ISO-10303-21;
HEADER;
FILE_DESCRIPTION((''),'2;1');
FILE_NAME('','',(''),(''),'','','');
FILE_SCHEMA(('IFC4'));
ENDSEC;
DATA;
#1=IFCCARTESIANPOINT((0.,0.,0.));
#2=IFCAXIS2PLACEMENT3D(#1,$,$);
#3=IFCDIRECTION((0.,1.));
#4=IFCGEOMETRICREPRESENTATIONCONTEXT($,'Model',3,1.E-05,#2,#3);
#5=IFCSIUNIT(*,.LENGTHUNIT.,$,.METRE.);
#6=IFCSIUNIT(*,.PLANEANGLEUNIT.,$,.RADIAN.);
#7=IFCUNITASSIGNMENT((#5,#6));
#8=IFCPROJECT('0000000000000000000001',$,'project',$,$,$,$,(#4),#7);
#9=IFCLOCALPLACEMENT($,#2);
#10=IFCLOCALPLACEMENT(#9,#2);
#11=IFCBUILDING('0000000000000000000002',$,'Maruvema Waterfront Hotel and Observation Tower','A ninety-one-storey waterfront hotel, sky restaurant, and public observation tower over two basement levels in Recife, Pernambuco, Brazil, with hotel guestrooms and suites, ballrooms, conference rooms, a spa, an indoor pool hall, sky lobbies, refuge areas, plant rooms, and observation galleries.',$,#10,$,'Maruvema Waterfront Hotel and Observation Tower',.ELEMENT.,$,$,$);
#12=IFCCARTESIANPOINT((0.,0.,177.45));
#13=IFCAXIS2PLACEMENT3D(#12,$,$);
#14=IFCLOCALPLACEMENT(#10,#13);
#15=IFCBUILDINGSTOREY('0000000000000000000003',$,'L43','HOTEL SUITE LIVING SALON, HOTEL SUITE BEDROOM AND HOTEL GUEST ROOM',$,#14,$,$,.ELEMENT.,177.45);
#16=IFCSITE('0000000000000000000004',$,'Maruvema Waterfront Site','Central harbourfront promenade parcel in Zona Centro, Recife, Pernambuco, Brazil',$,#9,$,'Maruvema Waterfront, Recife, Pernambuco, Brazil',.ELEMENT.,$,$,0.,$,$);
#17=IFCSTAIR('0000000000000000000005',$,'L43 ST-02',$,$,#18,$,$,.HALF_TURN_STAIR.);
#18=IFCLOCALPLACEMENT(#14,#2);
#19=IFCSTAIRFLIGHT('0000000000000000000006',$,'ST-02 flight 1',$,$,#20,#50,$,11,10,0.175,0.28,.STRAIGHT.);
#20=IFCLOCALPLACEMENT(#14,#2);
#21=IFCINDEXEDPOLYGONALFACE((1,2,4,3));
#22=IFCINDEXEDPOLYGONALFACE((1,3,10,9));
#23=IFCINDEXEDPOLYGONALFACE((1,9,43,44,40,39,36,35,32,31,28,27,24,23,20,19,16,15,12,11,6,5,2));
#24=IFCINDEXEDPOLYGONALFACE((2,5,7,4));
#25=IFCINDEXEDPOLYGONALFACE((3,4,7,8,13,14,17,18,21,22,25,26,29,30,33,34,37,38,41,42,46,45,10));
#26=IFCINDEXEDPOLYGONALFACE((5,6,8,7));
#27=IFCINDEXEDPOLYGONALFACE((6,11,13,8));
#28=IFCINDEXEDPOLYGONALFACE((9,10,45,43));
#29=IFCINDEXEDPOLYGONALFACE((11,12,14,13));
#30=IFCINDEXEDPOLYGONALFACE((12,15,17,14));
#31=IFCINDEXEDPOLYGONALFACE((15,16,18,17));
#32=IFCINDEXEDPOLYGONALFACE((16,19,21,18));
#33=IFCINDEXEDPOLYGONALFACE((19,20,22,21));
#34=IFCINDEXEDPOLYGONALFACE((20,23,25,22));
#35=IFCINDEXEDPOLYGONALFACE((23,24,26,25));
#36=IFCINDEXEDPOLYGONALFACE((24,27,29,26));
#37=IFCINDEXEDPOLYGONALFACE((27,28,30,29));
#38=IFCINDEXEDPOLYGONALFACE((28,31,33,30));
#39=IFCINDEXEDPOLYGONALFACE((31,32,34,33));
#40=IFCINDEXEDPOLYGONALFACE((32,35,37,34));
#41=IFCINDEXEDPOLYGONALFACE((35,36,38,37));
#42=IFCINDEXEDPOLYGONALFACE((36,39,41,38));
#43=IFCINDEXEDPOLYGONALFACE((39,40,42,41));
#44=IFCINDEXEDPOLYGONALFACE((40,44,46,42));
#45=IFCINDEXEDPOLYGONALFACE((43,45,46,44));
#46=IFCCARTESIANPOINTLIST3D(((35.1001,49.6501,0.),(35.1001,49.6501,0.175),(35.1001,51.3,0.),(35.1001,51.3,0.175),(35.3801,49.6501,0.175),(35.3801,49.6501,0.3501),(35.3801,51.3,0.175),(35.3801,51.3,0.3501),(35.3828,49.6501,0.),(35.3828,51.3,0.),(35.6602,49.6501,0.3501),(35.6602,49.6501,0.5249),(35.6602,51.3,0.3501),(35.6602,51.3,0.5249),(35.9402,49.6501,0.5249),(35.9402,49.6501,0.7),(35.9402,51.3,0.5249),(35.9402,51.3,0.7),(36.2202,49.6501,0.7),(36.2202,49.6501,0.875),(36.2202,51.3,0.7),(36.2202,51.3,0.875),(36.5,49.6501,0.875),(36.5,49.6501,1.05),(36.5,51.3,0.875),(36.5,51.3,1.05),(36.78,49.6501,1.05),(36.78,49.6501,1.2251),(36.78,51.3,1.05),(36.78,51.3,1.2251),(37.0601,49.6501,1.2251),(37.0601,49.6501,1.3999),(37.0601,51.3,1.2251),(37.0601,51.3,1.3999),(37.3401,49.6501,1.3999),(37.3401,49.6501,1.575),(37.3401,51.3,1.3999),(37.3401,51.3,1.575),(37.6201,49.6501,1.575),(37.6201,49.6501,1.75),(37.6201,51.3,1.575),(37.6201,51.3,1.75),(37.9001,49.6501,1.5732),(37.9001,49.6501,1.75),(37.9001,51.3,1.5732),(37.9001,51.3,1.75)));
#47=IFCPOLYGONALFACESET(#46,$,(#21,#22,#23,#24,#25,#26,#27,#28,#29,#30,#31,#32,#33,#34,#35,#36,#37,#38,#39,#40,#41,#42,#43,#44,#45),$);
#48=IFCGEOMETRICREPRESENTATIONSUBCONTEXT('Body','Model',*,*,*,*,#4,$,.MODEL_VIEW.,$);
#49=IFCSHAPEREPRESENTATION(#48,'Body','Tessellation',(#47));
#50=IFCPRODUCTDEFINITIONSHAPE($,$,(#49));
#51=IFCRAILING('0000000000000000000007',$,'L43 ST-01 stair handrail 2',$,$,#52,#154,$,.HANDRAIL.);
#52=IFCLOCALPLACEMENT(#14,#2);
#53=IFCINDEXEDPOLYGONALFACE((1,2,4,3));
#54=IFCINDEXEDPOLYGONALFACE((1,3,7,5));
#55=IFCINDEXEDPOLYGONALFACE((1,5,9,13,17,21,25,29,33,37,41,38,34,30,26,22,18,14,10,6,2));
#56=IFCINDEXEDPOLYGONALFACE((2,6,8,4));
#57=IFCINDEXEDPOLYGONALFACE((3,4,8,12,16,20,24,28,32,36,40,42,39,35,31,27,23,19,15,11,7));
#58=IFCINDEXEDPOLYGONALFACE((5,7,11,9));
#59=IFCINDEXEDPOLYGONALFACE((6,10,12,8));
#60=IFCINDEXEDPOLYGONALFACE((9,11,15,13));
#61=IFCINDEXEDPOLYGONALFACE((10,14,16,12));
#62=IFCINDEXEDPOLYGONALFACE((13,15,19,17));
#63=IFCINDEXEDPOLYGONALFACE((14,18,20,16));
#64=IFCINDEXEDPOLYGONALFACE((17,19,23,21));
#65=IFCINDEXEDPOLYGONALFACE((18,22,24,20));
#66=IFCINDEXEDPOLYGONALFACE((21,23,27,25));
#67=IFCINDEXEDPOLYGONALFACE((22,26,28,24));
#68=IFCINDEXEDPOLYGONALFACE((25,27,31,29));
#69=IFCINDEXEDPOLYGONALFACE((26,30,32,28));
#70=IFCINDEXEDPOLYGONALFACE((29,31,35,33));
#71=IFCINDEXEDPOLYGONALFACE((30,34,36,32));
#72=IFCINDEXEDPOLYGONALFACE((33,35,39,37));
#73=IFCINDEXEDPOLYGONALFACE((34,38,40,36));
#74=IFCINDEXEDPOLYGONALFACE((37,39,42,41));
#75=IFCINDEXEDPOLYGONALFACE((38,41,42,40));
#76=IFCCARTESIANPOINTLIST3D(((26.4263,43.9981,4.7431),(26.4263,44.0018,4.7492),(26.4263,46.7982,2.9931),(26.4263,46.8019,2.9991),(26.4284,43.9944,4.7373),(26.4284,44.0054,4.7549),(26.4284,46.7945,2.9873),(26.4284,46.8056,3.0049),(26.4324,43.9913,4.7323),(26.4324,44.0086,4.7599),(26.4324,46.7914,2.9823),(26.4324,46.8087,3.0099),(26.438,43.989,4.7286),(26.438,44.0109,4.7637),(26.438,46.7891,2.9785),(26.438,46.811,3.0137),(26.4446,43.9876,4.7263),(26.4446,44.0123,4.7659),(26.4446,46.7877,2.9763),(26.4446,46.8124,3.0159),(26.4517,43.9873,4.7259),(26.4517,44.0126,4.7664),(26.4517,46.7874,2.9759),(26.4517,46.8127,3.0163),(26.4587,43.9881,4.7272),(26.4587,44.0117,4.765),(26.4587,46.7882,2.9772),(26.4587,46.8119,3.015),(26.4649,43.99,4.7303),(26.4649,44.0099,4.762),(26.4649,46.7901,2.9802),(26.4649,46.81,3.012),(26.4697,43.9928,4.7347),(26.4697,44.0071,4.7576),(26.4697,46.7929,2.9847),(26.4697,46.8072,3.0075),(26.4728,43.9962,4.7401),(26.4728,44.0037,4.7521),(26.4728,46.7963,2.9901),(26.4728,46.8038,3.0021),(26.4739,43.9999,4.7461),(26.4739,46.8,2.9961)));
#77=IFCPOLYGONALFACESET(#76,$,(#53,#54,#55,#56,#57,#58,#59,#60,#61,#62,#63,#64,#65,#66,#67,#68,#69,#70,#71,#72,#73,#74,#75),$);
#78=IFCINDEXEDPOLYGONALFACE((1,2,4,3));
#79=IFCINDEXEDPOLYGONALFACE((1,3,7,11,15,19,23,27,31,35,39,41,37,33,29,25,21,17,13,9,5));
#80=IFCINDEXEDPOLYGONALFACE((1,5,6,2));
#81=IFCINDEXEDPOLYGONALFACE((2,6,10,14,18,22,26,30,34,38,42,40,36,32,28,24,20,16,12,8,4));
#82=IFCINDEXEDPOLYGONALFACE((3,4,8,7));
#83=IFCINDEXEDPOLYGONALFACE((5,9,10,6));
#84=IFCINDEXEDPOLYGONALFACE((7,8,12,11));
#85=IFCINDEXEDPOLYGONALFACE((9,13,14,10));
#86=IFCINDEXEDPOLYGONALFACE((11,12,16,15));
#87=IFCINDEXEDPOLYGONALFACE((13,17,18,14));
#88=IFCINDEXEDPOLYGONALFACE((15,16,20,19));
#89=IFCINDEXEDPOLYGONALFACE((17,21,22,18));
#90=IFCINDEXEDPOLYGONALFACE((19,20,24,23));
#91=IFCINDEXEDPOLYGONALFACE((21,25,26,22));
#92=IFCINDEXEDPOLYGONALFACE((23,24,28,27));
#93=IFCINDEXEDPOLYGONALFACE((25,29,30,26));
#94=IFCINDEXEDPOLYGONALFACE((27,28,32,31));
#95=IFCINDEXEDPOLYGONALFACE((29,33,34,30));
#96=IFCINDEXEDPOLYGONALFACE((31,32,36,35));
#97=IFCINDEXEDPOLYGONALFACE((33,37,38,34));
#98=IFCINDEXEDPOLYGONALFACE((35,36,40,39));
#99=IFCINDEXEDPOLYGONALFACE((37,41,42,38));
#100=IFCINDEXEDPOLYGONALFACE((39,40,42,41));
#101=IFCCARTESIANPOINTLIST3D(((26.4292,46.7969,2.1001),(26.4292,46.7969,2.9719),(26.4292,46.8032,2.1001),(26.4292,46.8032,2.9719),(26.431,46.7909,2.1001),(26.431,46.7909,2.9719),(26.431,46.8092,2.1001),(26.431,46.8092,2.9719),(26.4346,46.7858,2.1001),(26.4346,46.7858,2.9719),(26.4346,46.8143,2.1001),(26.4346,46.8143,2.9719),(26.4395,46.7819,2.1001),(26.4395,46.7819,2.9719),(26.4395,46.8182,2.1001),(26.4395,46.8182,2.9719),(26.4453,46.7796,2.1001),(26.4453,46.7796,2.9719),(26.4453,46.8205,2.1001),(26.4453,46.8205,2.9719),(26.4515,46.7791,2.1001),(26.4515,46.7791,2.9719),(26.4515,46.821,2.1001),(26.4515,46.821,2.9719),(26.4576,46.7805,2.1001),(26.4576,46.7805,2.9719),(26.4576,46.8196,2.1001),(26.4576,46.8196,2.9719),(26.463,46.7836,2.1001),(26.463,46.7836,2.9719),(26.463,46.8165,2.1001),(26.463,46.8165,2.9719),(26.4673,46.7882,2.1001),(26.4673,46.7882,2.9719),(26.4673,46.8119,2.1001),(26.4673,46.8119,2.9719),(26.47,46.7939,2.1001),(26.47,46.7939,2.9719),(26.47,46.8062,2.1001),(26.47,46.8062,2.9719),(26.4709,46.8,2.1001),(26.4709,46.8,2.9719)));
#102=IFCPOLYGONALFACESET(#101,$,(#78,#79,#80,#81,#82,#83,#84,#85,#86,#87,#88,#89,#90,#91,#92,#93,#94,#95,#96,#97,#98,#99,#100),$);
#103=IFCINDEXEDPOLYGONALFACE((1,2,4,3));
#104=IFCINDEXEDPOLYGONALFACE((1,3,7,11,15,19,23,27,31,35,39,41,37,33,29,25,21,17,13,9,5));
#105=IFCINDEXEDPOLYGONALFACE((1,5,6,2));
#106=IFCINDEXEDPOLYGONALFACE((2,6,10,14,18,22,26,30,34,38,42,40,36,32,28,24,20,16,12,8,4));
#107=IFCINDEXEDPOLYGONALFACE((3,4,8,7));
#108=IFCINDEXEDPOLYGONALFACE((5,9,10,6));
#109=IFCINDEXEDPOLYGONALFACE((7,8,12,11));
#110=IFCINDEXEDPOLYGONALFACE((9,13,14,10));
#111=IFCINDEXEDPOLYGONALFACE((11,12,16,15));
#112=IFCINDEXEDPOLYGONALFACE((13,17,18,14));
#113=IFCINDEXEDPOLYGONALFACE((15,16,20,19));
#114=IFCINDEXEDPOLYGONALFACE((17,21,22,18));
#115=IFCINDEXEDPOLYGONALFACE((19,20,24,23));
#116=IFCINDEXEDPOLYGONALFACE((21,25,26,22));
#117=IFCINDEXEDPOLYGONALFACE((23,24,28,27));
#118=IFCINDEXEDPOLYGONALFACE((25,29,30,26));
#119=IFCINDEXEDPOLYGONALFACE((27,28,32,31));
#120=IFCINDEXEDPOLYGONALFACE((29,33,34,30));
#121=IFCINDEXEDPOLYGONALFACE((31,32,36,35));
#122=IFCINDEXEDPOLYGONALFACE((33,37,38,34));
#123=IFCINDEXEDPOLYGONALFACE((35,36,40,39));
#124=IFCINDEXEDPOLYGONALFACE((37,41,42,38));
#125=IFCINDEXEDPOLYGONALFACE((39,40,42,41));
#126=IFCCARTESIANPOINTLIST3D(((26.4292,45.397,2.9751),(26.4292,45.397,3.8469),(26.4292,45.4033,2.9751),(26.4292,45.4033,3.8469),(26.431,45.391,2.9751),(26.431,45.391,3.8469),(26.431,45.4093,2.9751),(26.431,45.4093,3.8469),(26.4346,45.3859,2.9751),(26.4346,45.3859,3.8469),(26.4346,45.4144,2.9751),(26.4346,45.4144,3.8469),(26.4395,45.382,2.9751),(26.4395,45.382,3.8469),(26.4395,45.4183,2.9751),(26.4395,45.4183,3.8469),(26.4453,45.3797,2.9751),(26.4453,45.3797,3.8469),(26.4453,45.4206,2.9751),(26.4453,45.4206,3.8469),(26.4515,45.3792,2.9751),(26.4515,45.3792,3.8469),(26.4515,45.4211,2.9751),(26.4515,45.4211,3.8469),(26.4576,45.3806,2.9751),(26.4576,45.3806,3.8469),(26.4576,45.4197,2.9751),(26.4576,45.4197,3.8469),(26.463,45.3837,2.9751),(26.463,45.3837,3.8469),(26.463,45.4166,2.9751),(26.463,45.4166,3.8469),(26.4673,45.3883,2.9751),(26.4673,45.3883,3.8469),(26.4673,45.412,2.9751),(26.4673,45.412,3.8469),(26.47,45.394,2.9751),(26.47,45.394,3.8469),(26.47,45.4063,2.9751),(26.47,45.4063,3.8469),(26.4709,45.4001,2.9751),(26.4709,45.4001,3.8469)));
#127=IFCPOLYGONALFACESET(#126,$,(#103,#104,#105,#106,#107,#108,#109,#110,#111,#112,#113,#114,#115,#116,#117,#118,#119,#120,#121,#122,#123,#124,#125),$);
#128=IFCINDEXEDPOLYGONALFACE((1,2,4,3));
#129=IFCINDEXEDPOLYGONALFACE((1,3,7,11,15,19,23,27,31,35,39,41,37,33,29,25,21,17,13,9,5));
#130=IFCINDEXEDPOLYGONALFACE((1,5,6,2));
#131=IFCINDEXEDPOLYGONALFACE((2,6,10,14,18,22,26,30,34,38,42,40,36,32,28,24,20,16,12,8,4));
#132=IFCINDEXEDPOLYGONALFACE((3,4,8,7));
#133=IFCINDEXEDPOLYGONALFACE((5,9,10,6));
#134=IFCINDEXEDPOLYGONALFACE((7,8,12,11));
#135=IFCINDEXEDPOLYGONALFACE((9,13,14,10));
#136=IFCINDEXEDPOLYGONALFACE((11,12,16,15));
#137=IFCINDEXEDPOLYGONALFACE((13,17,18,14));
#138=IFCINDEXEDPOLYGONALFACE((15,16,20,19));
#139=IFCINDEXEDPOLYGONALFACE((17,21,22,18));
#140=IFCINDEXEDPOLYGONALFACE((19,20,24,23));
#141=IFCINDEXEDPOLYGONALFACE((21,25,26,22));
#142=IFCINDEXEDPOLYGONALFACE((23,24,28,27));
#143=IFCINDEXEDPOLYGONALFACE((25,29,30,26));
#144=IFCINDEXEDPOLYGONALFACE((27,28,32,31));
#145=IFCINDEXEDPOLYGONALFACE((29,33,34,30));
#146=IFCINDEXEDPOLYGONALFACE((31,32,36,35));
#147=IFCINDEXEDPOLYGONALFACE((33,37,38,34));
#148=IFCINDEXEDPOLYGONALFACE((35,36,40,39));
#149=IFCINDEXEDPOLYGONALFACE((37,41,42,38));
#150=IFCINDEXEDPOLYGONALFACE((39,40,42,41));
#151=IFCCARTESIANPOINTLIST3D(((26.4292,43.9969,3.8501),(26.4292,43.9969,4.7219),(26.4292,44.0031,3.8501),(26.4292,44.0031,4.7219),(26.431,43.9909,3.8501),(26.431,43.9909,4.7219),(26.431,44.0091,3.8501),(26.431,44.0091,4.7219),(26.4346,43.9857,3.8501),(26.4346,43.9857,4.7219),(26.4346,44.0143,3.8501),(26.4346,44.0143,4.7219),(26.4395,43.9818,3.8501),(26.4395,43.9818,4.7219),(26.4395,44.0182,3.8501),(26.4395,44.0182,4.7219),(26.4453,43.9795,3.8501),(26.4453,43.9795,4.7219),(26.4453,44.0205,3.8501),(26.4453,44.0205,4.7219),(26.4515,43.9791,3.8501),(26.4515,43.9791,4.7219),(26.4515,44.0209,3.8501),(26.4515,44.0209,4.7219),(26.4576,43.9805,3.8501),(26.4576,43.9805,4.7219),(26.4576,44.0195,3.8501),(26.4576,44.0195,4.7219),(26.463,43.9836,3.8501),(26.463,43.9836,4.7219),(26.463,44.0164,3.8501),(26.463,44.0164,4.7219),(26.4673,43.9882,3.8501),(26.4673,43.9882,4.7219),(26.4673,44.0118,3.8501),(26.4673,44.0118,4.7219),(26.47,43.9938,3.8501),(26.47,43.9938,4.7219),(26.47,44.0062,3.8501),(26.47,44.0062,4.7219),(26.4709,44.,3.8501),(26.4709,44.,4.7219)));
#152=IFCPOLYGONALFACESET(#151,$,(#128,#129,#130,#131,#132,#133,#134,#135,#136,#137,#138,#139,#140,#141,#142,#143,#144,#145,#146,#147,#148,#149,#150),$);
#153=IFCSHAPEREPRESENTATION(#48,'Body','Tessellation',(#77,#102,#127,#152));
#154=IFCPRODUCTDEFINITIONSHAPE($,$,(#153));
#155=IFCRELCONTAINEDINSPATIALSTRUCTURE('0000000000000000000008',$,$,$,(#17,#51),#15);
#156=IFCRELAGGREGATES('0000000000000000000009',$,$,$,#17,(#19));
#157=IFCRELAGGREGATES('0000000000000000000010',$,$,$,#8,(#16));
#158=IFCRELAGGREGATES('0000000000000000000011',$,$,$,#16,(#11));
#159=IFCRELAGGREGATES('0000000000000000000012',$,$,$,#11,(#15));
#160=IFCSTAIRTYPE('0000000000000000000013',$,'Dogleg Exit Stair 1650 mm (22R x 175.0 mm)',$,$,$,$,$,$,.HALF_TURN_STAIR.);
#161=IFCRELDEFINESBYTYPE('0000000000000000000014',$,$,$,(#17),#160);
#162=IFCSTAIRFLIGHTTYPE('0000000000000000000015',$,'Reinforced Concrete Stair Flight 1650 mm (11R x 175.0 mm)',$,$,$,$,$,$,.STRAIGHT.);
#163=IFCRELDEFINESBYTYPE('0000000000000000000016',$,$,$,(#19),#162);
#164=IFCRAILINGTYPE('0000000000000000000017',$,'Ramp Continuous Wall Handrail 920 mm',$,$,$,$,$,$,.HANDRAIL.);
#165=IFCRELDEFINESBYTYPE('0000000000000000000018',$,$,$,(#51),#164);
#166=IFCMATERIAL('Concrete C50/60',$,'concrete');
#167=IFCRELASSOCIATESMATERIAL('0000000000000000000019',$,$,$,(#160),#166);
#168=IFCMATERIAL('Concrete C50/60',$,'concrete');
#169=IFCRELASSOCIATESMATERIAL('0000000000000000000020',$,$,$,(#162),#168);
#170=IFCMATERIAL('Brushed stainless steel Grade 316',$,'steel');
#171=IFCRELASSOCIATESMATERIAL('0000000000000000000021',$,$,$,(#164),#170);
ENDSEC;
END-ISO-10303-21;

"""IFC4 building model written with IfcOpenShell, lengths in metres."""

from ifc_helpers import new_model, si_unit, direction, frame, origin, origin_2d, place, context, subcontext, project, spatial, polyline, circle, outline, extrude, material, type_object, element, aggregate, save


model = new_model("IFC4")

# Units and contexts
model_context = context("Model", 3, precision=1e-05, world=origin(), true_north=direction((0.0, 1.0)))
body_context = subcontext(model_context, "Body", "Model", "MODEL_VIEW")
ifc_project = project(units=[si_unit("LENGTHUNIT", "METRE"), si_unit("PLANEANGLEUNIT", "RADIAN")], contexts=[model_context])

# Site, building, storey
site_placement = place(None, origin())
site = spatial("IfcSite", under=ifc_project, at=site_placement, Name="Maruvema Waterfront Site", Description="Central harbourfront promenade parcel in Zona Centro, Recife, Pernambuco, Brazil", LongName="Maruvema Waterfront, Recife, Pernambuco, Brazil", CompositionType="ELEMENT", RefElevation=0.0)
building_placement = place(site_placement, origin())
building = spatial("IfcBuilding", under=site, at=building_placement, Name="Maruvema Waterfront Hotel and Observation Tower", Description="A ninety-one-storey waterfront hotel, sky restaurant, and public observation tower over two basement levels in Recife, Pernambuco, Brazil, with hotel guestrooms and suites, ballrooms, conference rooms, a spa, an indoor pool hall, sky lobbies, refuge areas, plant rooms, and observation galleries.", LongName="Maruvema Waterfront Hotel and Observation Tower", CompositionType="ELEMENT")
storey_placement = place(building_placement, frame((0.0, 0.0, 177.45)))
storey = spatial("IfcBuildingStorey", under=building, at=storey_placement, Name="L43", Description="HOTEL SUITE LIVING SALON, HOTEL SUITE BEDROOM AND HOTEL GUEST ROOM", CompositionType="ELEMENT", Elevation=177.45)

# Stair, stair flight
ifc_material_1 = material(Name="Concrete C50/60", Category="concrete")
stair_type = type_object("IfcStairType", Name="Dogleg Exit Stair 1650 mm (22R x 175.0 mm)", PredefinedType="HALF_TURN_STAIR", material=ifc_material_1)
ifc_material_2 = material(Name="Concrete C50/60", Category="concrete")
stair_flight_type = type_object("IfcStairFlightType", Name="Reinforced Concrete Stair Flight 1650 mm (11R x 175.0 mm)", PredefinedType="STRAIGHT", material=ifc_material_2)
stair_1_placement = place(storey_placement, origin())
stair_1 = element("IfcStair", 1, at=stair_1_placement, inside=storey, type_object=stair_type, Name="L43 ST-02", PredefinedType="HALF_TURN_STAIR")
stair_flight_1_placement = place(storey_placement, frame((35.1001, 50.4751, 0.0), z_axis=(0.0, 0.0, 1.0), x_axis=(1.0, 0.0, 0.0)))
stair_flight_1 = element("IfcStairFlight", 2, at=stair_flight_1_placement, type_object=stair_flight_type, Name="ST-02 flight 1", NumberOfRisers=11, NumberOfTreads=10, PredefinedType="STRAIGHT", RiserHeight=0.175, TreadLength=0.28, context=body_context, shape_type="SweptSolid", body=[
    extrude(outline(polyline([(0.0, 0.0), (0.0, 0.175), (0.28, 0.175), (0.28, 0.3501), (0.5601, 0.3501), (0.5601, 0.5249), (0.8401, 0.5249), (0.8401, 0.7), (1.1201, 0.7), (1.1201, 0.875), (1.3999, 0.875), (1.3999, 1.05), (1.6799, 1.05), (1.6799, 1.2251), (1.96, 1.2251), (1.96, 1.3999), (2.24, 1.3999), (2.24, 1.575), (2.52, 1.575), (2.52, 1.75), (2.8, 1.75), (2.8, 1.925), (2.8, 1.5732), (0.2827, 0.0), (0.0, 0.0)])), frame((0.0, 0.825, 0.0), z_axis=(0.0, -1.0, 0.0), x_axis=(1.0, 0.0, 0.0)), (0.0, 0.0, 1.0), 1.6499),
])
aggregate(stair_1, [stair_flight_1])

# Railing
ifc_material_3 = material(Name="Brushed stainless steel Grade 316", Category="steel")
railing_type_1 = type_object("IfcRailingType", Name="Ramp Continuous Wall Handrail 920 mm", PredefinedType="HANDRAIL", material=ifc_material_3)
railing_1_placement = place(storey_placement, frame((26.45, 46.8, 2.1001)))
element("IfcRailing", 3, at=railing_1_placement, inside=storey, type_object=railing_type_1, Name="L43 ST-01 stair handrail 2", PredefinedType="HANDRAIL", context=body_context, shape_type="SweptSolid", body=[
    extrude(circle(Radius=0.0239, at=origin_2d()), frame((0.0, 0.0, 0.896), z_axis=(0.0, -0.848002, 0.529992), x_axis=(1.0, 0.0, 0.0)), (0.0, 0.0, 1.0), 3.302),
    extrude(circle(Radius=0.021, at=origin_2d()), origin(), (0.0, 0.0, 1.0), 0.8718),
    extrude(circle(Radius=0.021, at=origin_2d()), frame((0.0, -1.3999, 0.875)), (0.0, 0.0, 1.0), 0.8718),
    extrude(circle(Radius=0.021, at=origin_2d()), frame((0.0, -2.8, 1.75)), (0.0, 0.0, 1.0), 0.8718),
])

save(model, "model.ifc")
